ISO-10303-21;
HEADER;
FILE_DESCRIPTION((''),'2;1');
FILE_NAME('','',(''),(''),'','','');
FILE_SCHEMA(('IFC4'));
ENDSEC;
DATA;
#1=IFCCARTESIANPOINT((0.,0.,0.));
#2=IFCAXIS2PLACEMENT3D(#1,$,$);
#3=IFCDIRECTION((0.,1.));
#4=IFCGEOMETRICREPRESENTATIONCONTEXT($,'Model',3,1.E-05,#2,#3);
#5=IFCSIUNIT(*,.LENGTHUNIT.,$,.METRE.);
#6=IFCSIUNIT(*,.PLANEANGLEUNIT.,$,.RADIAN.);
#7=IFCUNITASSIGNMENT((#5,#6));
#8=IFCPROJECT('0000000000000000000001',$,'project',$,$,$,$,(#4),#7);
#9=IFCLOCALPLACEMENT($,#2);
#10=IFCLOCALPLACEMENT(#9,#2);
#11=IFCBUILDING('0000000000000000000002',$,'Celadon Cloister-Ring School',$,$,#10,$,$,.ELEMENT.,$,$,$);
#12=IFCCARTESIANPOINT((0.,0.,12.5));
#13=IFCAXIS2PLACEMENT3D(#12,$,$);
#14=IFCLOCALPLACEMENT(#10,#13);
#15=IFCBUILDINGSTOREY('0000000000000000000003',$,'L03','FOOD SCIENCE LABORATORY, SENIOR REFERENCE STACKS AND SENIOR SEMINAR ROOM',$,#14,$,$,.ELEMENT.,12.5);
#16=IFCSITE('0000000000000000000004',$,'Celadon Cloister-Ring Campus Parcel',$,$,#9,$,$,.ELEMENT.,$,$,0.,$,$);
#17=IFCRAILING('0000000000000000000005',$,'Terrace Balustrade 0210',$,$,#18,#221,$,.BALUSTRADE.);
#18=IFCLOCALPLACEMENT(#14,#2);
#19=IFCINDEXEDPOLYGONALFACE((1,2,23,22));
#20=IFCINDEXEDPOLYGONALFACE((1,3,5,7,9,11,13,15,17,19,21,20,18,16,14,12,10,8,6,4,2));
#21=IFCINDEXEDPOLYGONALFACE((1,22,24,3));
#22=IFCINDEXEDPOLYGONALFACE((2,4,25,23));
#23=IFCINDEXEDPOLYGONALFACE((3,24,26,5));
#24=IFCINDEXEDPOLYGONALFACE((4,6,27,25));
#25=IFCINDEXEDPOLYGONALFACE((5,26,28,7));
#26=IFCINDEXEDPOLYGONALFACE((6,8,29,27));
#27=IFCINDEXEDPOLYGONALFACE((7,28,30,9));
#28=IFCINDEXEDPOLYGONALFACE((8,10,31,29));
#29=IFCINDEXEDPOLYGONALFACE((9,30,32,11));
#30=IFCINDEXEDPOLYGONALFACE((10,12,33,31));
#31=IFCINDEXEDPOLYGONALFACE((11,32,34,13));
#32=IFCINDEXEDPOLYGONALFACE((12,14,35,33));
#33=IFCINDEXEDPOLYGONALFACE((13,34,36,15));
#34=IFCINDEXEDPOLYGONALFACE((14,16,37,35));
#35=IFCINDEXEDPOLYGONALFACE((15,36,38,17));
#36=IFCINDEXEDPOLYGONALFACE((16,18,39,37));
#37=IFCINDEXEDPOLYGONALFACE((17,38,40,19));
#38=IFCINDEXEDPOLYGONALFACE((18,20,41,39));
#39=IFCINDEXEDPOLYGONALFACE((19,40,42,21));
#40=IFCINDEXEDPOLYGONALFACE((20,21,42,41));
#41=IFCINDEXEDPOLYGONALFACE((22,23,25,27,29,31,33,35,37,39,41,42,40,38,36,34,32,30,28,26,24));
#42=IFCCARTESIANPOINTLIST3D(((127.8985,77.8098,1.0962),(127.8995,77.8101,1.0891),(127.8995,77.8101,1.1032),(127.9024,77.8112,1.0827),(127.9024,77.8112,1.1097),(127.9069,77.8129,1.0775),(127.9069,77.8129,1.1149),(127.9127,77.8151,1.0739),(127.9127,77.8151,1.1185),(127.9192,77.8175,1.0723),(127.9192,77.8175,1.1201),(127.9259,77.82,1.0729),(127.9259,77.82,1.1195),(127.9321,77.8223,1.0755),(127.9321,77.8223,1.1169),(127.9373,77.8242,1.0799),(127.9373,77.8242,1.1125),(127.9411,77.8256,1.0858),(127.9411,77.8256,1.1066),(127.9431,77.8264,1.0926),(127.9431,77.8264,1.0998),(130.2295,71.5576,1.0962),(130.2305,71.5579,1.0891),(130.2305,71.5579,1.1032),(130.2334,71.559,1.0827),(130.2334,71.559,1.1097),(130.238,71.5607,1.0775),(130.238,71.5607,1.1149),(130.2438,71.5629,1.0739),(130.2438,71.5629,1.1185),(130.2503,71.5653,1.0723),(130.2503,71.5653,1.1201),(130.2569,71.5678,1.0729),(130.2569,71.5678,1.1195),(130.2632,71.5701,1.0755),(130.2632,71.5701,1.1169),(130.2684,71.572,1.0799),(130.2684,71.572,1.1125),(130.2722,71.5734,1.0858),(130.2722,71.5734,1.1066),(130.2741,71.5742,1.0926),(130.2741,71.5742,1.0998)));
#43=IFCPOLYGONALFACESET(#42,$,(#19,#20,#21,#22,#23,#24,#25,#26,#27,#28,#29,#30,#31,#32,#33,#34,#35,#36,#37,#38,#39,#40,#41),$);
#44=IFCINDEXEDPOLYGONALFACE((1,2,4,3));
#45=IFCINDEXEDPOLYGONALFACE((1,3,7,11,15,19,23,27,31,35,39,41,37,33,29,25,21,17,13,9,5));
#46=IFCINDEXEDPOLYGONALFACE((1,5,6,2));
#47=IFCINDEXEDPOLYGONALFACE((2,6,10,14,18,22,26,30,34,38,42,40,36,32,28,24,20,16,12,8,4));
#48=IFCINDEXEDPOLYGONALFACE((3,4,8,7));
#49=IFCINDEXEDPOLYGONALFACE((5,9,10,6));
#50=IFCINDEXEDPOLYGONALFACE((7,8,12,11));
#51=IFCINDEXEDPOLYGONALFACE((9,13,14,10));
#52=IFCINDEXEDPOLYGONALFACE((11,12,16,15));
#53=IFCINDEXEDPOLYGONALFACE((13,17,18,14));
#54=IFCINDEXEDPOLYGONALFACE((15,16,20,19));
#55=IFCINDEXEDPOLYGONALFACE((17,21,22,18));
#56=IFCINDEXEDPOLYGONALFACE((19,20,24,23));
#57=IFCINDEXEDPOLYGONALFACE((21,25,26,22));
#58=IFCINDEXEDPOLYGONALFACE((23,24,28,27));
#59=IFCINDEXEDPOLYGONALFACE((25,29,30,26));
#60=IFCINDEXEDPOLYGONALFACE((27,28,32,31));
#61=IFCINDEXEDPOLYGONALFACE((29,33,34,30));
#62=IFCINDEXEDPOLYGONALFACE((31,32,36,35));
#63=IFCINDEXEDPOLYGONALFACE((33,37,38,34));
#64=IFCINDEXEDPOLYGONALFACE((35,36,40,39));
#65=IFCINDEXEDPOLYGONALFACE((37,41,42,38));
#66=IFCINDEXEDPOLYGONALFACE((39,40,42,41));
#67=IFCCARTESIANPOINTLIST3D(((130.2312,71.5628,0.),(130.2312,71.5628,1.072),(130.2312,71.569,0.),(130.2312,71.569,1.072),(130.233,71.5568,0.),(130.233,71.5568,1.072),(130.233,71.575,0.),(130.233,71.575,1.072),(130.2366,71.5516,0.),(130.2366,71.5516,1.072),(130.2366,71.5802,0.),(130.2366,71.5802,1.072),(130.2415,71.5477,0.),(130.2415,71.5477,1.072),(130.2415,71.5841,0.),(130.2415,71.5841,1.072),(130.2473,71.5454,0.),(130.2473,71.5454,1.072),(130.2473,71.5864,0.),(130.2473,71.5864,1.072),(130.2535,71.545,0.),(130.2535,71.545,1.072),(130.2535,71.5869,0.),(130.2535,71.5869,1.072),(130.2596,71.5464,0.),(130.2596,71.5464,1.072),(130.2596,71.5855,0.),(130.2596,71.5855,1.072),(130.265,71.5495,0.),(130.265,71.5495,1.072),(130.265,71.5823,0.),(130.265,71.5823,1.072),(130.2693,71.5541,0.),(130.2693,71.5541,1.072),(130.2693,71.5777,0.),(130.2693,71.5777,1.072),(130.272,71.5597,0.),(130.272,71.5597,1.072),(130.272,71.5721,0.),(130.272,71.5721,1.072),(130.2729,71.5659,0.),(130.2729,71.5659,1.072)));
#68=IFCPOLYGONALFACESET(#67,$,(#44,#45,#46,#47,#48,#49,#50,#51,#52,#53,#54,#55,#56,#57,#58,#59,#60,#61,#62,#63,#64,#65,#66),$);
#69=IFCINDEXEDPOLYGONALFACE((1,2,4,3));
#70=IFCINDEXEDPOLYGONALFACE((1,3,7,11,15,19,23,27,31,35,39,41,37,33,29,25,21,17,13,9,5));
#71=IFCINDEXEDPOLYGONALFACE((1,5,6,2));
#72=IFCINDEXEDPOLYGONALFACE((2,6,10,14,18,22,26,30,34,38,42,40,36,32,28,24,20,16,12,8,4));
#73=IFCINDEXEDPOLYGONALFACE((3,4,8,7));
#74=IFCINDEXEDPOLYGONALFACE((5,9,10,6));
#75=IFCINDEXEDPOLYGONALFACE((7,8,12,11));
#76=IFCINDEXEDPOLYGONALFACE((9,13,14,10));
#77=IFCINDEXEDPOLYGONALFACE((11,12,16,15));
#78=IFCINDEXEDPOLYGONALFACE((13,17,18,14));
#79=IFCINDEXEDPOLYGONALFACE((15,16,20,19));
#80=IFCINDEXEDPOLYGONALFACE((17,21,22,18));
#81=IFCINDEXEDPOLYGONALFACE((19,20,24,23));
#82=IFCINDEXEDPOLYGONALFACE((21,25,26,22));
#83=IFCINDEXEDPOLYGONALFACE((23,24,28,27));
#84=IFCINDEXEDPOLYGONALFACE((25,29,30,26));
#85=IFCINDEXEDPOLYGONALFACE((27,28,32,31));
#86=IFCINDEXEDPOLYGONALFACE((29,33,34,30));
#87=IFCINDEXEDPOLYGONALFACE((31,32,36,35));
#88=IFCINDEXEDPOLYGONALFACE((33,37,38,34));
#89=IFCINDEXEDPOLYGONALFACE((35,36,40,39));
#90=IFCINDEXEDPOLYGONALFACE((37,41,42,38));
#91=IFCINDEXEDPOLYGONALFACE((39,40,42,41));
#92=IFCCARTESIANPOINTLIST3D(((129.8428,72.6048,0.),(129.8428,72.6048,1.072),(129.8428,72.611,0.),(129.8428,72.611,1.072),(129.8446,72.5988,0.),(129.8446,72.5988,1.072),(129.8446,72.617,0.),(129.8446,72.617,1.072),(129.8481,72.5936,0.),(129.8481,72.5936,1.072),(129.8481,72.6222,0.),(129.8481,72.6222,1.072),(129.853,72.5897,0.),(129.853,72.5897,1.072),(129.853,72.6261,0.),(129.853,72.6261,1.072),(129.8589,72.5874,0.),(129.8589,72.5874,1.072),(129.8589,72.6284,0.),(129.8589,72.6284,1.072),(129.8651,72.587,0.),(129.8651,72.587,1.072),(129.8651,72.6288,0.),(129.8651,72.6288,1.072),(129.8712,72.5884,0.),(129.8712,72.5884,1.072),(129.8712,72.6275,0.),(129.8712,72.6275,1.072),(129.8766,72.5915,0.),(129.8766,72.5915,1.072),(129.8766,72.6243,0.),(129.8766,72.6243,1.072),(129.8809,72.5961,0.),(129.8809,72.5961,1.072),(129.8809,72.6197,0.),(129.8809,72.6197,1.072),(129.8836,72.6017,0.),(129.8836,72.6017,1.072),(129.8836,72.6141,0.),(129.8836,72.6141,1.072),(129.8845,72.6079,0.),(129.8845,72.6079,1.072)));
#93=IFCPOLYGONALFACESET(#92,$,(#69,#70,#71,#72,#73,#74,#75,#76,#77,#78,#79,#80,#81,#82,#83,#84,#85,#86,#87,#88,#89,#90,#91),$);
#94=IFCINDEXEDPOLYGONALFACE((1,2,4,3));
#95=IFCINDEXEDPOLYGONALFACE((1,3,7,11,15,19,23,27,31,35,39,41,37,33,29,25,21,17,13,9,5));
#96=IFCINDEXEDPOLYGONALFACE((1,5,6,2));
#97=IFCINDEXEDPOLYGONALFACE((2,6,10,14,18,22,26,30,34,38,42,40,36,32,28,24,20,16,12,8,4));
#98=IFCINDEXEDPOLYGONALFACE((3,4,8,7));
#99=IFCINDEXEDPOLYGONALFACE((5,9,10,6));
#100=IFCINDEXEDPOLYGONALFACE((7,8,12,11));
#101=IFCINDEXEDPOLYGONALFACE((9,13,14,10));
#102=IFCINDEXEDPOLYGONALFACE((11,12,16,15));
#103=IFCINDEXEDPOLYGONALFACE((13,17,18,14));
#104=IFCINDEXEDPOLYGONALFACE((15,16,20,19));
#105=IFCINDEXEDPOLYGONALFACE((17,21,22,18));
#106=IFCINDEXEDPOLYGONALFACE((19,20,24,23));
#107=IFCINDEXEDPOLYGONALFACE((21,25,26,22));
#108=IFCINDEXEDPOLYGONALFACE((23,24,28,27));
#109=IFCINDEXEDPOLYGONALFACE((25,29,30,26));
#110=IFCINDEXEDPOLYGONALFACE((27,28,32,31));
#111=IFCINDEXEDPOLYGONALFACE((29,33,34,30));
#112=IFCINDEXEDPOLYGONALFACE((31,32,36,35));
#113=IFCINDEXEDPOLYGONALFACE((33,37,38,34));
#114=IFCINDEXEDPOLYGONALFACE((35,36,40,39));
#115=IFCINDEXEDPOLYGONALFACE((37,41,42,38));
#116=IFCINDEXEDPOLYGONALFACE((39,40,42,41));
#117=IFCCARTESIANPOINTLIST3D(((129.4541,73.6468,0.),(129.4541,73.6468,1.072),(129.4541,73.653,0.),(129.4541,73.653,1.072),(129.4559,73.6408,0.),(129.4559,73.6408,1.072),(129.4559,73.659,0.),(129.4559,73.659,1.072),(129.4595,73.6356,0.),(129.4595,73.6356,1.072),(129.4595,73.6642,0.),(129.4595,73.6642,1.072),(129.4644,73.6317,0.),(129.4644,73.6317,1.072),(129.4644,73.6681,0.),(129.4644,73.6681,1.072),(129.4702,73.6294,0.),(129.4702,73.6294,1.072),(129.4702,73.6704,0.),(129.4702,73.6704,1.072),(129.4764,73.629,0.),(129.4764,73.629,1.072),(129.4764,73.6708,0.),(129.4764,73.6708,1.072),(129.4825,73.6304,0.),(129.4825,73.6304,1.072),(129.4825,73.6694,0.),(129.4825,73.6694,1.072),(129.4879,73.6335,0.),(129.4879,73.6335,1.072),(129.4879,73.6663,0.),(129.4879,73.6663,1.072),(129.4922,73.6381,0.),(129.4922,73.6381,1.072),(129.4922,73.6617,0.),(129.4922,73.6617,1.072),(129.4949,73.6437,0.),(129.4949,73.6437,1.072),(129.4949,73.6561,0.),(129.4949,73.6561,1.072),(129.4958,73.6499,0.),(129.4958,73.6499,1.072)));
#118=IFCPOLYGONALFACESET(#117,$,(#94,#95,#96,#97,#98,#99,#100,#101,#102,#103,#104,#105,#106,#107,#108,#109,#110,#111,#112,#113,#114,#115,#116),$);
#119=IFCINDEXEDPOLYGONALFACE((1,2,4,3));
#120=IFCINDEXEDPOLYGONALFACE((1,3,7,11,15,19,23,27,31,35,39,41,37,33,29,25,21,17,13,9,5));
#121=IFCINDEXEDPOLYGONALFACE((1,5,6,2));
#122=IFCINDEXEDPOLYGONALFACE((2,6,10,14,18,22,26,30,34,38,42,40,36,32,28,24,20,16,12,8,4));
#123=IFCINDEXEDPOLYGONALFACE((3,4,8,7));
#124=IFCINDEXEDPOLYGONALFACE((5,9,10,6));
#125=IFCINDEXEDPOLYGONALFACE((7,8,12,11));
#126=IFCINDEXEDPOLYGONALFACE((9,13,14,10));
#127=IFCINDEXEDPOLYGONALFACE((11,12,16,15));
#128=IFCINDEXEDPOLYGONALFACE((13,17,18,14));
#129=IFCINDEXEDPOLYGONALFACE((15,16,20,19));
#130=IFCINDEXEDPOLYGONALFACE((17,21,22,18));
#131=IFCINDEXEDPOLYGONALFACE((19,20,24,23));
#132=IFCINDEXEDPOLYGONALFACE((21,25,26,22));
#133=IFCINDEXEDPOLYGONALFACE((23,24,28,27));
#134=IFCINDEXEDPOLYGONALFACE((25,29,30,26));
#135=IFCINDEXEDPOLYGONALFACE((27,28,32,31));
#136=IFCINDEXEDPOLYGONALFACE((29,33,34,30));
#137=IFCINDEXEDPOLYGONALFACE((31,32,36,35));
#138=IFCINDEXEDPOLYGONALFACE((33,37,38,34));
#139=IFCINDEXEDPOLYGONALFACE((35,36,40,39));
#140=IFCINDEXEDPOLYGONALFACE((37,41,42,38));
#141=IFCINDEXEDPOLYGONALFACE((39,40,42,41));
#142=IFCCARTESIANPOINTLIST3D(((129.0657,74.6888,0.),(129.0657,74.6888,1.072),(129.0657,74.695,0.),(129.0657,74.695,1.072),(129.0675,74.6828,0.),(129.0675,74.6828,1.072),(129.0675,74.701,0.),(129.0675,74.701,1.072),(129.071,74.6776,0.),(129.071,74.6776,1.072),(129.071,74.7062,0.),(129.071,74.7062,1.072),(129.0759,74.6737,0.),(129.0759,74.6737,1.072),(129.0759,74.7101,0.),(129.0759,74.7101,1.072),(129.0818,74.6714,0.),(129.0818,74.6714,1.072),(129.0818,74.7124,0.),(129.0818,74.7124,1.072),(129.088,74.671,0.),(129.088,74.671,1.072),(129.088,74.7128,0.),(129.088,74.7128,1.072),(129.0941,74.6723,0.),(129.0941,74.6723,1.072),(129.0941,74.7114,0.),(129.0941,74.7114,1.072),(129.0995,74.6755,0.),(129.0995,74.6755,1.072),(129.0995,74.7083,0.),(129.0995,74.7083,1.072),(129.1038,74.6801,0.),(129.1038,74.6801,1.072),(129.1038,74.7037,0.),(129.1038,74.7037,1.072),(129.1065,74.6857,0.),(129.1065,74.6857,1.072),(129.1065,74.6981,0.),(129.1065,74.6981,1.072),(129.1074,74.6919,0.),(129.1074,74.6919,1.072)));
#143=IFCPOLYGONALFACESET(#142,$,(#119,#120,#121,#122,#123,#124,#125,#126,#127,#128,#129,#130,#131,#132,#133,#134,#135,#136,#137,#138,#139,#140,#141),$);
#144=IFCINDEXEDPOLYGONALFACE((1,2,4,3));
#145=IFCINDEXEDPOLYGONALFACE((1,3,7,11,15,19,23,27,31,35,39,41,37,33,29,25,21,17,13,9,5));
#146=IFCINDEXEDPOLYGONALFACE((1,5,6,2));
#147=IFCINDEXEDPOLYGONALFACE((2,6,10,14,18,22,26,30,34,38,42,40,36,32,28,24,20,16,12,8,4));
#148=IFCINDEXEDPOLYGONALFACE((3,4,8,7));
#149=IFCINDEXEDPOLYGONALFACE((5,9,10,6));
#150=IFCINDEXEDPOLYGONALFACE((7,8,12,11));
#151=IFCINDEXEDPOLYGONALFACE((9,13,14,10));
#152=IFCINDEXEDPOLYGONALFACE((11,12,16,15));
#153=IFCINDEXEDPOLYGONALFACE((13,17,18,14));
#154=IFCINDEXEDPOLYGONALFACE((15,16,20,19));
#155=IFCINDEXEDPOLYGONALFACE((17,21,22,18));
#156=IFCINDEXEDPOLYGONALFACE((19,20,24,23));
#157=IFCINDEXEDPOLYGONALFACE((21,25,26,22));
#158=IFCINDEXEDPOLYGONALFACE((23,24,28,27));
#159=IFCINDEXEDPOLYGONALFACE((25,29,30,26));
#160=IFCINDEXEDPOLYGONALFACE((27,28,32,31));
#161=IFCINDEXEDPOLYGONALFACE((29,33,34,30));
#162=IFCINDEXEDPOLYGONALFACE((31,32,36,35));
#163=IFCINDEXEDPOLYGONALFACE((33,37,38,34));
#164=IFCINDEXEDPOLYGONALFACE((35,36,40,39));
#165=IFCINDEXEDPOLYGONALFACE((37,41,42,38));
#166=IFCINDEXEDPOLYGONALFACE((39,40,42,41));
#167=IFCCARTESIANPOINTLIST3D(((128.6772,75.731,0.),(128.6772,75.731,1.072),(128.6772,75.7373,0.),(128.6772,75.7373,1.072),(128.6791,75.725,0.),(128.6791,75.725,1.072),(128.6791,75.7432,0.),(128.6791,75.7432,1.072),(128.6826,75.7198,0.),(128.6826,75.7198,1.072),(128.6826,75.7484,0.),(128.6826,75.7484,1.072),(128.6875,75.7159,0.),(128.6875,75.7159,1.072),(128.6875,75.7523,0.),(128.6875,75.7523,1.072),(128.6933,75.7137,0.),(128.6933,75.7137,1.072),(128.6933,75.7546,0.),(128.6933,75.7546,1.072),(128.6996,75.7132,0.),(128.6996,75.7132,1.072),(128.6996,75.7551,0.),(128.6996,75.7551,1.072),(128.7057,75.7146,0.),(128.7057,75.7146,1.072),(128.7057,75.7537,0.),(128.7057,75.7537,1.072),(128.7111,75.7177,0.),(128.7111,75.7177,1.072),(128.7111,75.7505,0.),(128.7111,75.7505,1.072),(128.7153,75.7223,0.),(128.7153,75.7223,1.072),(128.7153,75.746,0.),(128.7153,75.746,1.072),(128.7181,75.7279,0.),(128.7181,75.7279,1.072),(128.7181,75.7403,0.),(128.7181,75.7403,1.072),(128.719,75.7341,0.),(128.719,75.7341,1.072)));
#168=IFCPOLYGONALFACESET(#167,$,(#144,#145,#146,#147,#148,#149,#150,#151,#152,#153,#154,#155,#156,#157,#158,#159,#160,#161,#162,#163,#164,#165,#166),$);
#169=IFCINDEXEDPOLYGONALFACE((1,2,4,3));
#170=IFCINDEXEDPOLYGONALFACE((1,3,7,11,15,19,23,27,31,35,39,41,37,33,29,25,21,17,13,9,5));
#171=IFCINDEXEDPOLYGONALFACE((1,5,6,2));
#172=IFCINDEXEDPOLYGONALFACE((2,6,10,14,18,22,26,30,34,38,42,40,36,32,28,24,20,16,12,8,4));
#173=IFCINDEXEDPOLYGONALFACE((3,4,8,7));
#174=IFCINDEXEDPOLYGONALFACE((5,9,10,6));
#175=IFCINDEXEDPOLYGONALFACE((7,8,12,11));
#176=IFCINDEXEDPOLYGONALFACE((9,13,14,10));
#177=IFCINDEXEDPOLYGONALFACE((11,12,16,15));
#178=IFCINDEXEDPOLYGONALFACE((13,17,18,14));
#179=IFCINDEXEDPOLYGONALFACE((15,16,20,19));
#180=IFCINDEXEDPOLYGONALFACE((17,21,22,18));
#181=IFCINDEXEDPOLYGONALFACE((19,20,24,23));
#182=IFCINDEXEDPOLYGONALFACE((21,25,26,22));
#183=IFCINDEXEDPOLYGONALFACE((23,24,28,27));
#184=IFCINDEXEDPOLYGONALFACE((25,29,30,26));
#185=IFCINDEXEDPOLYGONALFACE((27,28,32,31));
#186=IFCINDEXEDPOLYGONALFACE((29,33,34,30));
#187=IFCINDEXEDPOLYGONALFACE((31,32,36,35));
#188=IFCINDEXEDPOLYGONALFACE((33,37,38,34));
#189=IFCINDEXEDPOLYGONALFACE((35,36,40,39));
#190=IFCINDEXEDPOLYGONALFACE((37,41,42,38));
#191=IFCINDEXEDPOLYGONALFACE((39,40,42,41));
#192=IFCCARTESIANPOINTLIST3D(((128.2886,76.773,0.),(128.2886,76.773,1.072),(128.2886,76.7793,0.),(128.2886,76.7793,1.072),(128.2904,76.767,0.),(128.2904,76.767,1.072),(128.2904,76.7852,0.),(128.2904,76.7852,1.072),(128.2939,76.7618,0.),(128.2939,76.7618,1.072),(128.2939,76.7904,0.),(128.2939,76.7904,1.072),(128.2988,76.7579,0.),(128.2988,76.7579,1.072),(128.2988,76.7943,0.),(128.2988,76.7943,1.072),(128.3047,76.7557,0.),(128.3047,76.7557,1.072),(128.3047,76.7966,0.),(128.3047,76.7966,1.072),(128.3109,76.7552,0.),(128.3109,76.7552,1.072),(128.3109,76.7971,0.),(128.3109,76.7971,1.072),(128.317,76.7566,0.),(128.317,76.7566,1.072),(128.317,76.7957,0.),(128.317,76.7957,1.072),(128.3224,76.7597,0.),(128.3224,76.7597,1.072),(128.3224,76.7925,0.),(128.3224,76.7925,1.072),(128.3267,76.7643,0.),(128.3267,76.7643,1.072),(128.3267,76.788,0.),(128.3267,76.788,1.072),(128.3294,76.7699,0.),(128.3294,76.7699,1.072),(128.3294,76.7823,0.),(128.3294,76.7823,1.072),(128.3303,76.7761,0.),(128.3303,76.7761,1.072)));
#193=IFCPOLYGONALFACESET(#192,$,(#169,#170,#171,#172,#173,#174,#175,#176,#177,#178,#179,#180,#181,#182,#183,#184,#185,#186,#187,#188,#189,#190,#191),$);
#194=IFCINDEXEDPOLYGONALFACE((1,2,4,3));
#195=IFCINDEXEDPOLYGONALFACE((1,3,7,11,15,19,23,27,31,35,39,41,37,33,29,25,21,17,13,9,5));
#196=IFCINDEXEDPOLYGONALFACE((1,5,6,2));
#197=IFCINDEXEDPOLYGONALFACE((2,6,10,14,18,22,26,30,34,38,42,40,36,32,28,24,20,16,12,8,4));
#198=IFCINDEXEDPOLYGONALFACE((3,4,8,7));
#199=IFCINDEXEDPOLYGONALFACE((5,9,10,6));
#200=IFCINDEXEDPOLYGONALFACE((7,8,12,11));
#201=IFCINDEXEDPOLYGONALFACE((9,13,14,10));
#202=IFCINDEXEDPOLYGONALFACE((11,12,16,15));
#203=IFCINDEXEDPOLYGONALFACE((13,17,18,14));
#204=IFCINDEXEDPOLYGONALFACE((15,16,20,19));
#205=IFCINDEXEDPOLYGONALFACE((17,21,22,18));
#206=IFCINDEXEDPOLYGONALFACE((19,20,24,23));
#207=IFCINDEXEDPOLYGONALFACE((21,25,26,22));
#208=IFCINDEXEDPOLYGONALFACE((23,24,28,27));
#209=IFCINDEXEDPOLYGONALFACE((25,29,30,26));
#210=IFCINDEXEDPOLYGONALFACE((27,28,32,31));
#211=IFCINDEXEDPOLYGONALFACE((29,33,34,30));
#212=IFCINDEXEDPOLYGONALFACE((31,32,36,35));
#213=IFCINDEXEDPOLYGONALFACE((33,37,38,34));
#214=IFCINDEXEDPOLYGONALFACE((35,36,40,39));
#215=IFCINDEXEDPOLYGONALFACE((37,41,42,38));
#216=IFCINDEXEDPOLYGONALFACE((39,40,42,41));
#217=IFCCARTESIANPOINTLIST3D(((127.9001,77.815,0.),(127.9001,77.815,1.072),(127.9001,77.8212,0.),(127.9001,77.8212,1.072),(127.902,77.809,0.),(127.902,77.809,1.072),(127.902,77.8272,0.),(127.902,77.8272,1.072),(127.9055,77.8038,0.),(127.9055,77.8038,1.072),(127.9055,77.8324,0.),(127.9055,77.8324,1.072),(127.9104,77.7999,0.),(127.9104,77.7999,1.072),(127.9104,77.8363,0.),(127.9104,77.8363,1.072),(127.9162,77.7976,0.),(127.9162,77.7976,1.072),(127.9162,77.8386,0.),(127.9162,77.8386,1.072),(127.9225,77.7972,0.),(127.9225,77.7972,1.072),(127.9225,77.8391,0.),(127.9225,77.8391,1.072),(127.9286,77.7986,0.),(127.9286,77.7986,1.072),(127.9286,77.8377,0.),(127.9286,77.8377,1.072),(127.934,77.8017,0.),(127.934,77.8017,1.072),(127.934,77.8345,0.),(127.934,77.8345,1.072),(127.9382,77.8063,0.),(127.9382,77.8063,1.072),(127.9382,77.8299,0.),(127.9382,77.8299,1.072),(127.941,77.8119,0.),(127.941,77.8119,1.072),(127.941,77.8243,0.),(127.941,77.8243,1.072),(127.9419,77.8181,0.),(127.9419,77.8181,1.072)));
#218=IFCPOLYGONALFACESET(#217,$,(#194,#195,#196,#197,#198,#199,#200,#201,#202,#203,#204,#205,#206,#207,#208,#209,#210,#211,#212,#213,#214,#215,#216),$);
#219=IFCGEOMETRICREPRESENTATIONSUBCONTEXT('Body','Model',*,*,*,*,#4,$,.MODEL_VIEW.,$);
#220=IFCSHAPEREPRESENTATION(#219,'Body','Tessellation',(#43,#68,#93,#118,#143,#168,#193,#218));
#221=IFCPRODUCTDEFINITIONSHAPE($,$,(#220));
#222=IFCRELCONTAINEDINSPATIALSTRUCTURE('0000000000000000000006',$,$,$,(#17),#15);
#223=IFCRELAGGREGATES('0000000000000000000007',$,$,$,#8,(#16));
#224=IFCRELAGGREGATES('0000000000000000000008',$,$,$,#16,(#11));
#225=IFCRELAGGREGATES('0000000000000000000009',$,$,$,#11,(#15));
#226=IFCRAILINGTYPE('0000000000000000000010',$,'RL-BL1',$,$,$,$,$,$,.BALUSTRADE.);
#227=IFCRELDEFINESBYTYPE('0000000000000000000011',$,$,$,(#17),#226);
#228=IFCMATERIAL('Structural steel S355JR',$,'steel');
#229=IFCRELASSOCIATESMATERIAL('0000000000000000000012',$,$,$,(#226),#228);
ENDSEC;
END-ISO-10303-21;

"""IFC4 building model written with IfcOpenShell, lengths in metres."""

from ifc_helpers import new_model, si_unit, direction, frame, origin, origin_2d, place, context, subcontext, project, spatial, circle, extrude, material, type_object, element, save


model = new_model("IFC4")

# Units and contexts
model_context = context("Model", 3, precision=1e-05, world=origin(), true_north=direction((0.0, 1.0)))
body_context = subcontext(model_context, "Body", "Model", "MODEL_VIEW")
ifc_project = project(units=[si_unit("LENGTHUNIT", "METRE"), si_unit("PLANEANGLEUNIT", "RADIAN")], contexts=[model_context])

# Site, building, storey
site_placement = place(None, origin())
site = spatial("IfcSite", under=ifc_project, at=site_placement, Name="Celadon Cloister-Ring Campus Parcel", CompositionType="ELEMENT", RefElevation=0.0)
building_placement = place(site_placement, origin())
building = spatial("IfcBuilding", under=site, at=building_placement, Name="Celadon Cloister-Ring School", CompositionType="ELEMENT")
storey_placement = place(building_placement, frame((0.0, 0.0, 12.5)))
storey = spatial("IfcBuildingStorey", under=building, at=storey_placement, Name="L03", Description="FOOD SCIENCE LABORATORY, SENIOR REFERENCE STACKS AND SENIOR SEMINAR ROOM", CompositionType="ELEMENT", Elevation=12.5)

# Railing
ifc_material_1 = material(Name="Structural steel S355JR", Category="steel")
railing_type = type_object("IfcRailingType", Name="RL-BL1", PredefinedType="BALUSTRADE", material=ifc_material_1)
railing_1_placement = place(storey_placement, frame((130.252, 71.5659, 0.0)))
element("IfcRailing", 1, at=railing_1_placement, inside=storey, type_object=railing_type, Name="Terrace Balustrade 0210", PredefinedType="BALUSTRADE", context=body_context, shape_type="SweptSolid", body=[
    extrude(circle(Radius=0.0239, at=origin_2d()), frame((0.0, 0.0, 1.0962), z_axis=(-0.349347, 0.936994, 0.0), x_axis=(-0.936994, -0.349347, 0.0)), (0.0, 0.0, 1.0), 6.6726),
    extrude(circle(Radius=0.021, at=origin_2d()), origin(), (0.0, 0.0, 1.0), 1.072),
    extrude(circle(Radius=0.021, at=origin_2d()), frame((-0.3884, 1.042, 0.0)), (0.0, 0.0, 1.0), 1.072),
    extrude(circle(Radius=0.021, at=origin_2d()), frame((-0.7771, 2.084, 0.0)), (0.0, 0.0, 1.0), 1.072),
    extrude(circle(Radius=0.021, at=origin_2d()), frame((-1.1655, 3.126, 0.0)), (0.0, 0.0, 1.0), 1.072),
    extrude(circle(Radius=0.021, at=origin_2d()), frame((-1.554, 4.1682, 0.0)), (0.0, 0.0, 1.0), 1.072),
    extrude(circle(Radius=0.021, at=origin_2d()), frame((-1.9426, 5.2102, 0.0)), (0.0, 0.0, 1.0), 1.072),
    extrude(circle(Radius=0.021, at=origin_2d()), frame((-2.3311, 6.2522, 0.0)), (0.0, 0.0, 1.0), 1.072),
])

save(model, "model.ifc")
